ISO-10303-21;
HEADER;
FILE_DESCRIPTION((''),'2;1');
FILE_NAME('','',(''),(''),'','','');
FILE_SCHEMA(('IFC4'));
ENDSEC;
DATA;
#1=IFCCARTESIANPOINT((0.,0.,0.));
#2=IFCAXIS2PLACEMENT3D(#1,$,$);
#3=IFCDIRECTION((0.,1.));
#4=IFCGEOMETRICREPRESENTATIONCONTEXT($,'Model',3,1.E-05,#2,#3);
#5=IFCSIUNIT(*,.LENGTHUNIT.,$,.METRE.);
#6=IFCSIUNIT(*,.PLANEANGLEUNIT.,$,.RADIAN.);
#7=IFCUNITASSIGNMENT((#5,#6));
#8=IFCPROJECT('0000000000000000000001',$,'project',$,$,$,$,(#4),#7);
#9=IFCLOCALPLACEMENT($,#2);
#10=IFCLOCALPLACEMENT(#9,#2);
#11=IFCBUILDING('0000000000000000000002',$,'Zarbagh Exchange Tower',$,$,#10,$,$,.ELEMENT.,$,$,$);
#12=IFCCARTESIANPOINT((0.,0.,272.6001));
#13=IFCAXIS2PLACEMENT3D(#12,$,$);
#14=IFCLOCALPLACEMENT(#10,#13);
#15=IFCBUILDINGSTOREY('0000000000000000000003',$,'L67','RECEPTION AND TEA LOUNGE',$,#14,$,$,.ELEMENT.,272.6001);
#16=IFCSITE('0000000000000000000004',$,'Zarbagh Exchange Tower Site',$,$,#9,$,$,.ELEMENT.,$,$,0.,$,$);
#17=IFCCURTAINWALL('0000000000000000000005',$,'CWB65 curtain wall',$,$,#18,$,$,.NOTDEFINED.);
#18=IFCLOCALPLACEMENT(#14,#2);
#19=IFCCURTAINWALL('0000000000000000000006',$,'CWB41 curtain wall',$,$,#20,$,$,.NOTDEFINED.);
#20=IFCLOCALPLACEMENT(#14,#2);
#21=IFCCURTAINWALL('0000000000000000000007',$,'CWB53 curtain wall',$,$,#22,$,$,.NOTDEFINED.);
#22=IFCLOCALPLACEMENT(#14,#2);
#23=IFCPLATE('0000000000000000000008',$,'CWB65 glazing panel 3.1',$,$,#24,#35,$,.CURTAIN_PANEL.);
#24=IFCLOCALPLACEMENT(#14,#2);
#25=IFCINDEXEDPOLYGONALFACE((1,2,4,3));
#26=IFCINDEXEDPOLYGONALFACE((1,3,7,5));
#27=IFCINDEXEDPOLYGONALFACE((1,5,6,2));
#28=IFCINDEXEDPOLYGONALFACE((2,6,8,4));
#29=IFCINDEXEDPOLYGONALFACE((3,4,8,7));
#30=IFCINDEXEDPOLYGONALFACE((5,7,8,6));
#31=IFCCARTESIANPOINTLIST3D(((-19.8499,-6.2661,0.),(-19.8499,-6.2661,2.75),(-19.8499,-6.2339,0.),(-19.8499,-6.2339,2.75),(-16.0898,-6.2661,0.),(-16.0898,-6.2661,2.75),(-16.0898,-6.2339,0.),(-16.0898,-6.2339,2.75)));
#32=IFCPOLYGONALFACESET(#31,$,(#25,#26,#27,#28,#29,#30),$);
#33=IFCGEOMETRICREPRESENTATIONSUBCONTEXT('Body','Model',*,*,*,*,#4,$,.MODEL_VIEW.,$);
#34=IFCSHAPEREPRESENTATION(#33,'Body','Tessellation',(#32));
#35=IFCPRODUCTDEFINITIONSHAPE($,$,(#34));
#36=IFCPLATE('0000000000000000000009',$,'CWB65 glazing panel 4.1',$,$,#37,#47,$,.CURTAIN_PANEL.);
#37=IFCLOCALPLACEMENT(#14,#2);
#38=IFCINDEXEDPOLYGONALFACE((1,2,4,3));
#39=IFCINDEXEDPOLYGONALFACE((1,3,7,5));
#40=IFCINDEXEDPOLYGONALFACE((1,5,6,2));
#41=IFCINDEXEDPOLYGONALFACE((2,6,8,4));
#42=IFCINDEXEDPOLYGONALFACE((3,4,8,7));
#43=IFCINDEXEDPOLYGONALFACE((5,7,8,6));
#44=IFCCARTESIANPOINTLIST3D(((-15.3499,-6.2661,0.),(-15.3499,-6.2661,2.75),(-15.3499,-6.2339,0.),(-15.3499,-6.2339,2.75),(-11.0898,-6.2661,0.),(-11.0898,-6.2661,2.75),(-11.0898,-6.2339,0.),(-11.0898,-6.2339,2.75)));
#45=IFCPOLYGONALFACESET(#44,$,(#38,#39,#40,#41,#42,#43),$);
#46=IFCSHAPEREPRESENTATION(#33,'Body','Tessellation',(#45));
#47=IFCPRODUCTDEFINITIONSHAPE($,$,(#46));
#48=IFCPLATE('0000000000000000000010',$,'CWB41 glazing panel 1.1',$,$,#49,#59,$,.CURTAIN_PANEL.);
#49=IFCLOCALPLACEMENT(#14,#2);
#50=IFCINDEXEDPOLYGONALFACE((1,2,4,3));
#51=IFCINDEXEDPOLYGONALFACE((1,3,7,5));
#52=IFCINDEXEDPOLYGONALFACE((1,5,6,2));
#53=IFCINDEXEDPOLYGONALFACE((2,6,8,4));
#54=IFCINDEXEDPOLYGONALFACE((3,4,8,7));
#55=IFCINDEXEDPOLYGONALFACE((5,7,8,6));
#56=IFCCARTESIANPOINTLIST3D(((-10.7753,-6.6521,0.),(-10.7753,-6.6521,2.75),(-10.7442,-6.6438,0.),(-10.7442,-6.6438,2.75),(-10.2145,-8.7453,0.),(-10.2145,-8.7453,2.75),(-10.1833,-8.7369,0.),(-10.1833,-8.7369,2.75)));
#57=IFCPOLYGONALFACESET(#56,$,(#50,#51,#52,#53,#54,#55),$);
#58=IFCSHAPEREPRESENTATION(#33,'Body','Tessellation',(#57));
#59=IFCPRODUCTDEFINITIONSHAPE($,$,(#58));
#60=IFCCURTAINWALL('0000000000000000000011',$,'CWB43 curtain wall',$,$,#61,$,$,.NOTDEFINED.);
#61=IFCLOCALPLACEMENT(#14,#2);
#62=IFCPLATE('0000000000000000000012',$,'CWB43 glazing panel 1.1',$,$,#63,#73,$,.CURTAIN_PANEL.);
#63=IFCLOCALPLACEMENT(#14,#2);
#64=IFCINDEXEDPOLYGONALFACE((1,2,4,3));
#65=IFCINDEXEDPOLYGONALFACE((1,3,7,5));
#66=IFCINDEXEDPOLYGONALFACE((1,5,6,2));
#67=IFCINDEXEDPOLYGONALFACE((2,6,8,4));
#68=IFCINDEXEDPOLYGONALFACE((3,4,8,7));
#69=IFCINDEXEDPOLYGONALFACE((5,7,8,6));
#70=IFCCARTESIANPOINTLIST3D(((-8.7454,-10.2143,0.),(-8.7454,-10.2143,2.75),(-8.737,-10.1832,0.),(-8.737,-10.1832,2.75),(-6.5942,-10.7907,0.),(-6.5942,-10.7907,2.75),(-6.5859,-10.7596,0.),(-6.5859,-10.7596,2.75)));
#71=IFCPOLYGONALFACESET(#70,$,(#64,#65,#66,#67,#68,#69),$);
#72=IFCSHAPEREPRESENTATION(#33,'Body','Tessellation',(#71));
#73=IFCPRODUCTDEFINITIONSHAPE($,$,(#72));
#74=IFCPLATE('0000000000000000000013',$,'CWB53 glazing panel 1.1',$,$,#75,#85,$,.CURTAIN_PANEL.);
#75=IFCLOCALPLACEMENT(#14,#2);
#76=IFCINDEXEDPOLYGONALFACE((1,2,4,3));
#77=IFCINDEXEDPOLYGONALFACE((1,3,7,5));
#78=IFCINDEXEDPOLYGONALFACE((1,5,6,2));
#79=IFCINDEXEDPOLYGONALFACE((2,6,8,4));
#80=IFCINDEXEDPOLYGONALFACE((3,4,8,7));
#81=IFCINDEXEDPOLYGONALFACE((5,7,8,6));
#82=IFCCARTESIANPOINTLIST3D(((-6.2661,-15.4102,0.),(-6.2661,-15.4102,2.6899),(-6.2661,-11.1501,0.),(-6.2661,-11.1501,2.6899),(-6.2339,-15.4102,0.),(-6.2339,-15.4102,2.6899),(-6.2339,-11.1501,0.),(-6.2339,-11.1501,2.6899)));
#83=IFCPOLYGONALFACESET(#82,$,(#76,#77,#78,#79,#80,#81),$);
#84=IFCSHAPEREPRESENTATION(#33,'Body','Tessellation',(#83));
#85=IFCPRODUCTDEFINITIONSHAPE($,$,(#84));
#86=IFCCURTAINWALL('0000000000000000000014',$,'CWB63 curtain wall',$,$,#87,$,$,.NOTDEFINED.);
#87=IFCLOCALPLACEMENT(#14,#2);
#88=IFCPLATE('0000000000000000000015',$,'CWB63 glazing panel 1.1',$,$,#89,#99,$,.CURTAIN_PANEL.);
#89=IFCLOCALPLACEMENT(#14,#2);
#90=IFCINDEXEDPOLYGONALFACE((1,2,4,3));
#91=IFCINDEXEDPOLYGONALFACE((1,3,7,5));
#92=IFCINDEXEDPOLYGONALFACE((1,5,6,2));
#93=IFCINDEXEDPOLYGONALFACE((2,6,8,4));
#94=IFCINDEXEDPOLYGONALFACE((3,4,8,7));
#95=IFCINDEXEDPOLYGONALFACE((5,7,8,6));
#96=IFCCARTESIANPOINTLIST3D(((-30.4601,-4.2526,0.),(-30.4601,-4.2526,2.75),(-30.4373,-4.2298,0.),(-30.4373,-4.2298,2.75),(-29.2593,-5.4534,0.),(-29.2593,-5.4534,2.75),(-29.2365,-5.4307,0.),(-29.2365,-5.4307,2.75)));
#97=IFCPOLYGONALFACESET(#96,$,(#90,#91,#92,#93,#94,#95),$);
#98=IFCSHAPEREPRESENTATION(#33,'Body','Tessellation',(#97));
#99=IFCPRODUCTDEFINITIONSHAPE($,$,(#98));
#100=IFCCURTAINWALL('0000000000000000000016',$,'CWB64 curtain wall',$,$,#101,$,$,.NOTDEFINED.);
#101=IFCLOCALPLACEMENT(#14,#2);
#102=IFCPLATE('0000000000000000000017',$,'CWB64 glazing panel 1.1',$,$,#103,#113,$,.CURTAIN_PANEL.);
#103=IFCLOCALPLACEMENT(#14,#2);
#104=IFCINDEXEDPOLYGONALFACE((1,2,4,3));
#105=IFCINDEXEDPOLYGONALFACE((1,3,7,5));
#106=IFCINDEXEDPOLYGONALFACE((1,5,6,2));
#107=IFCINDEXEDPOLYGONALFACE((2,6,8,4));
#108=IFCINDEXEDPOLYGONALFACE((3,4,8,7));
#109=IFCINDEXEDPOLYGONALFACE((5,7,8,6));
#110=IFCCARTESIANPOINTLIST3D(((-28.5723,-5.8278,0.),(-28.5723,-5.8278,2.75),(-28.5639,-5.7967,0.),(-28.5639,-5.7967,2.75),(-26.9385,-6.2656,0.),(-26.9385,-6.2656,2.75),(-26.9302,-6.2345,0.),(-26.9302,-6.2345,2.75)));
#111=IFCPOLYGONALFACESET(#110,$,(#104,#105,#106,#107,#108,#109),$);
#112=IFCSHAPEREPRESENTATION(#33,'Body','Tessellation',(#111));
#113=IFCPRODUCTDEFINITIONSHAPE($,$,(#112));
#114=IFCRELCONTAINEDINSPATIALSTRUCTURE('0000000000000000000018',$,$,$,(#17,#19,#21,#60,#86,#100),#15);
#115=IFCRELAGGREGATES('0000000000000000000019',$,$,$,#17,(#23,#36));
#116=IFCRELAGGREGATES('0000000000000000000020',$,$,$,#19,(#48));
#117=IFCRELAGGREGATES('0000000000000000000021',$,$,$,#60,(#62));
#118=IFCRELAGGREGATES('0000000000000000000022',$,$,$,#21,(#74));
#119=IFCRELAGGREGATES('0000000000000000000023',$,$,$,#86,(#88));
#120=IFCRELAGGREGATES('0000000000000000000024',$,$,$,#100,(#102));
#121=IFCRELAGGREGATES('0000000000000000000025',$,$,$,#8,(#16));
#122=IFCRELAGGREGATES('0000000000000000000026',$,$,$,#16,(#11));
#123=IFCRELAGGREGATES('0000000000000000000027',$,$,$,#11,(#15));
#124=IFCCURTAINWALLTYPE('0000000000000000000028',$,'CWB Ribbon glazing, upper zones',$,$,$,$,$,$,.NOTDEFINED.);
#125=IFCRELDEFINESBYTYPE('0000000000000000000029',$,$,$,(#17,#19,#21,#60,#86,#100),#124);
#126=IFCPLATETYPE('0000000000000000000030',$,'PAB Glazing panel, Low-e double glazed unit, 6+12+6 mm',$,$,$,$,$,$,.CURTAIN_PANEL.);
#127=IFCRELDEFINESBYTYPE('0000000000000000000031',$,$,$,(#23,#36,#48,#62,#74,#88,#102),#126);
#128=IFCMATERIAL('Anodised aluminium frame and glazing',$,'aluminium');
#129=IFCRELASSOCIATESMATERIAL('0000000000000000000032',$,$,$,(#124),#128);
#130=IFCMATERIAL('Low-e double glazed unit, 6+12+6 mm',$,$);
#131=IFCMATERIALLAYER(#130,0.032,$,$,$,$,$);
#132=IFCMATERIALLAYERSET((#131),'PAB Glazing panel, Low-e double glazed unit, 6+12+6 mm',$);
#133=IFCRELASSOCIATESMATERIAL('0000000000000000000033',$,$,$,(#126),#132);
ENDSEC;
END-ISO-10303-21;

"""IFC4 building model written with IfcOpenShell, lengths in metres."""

from ifc_helpers import new_model, si_unit, direction, frame, origin, place, context, subcontext, project, spatial, polyline, outline, extrude, source, transform, mapped, material, layer, layer_set, type_object, element, aggregate, save


model = new_model("IFC4")

# Units and contexts
model_context = context("Model", 3, precision=1e-05, world=origin(), true_north=direction((0.0, 1.0)))
body_context = subcontext(model_context, "Body", "Model", "MODEL_VIEW")
ifc_project = project(units=[si_unit("LENGTHUNIT", "METRE"), si_unit("PLANEANGLEUNIT", "RADIAN")], contexts=[model_context])

# Site, building, storey
site_placement = place(None, origin())
site = spatial("IfcSite", under=ifc_project, at=site_placement, Name="Zarbagh Exchange Tower Site", CompositionType="ELEMENT", RefElevation=0.0)
building_placement = place(site_placement, origin())
building = spatial("IfcBuilding", under=site, at=building_placement, Name="Zarbagh Exchange Tower", CompositionType="ELEMENT")
storey_placement = place(building_placement, frame((0.0, 0.0, 272.6001)))
storey = spatial("IfcBuildingStorey", under=building, at=storey_placement, Name="L67", Description="RECEPTION AND TEA LOUNGE", CompositionType="ELEMENT", Elevation=272.6001)

# Shared definitions
ifc_material_1 = material(Name="Anodised aluminium frame and glazing", Category="aluminium")
curtain_wall_type = type_object("IfcCurtainWallType", Name="CWB Ribbon glazing, upper zones", PredefinedType="NOTDEFINED", material=ifc_material_1)
placement = place(storey_placement, origin())

# Curtain wall
curtain_wall_1_placement = place(storey_placement, origin())
curtain_wall_1 = element("IfcCurtainWall", 1, at=curtain_wall_1_placement, inside=storey, type_object=curtain_wall_type, Name="CWB65 curtain wall", PredefinedType="NOTDEFINED")

# Curtain walls
curtain_wall_2_placement = place(storey_placement, origin())
curtain_wall_2 = element("IfcCurtainWall", 2, at=curtain_wall_2_placement, inside=storey, type_object=curtain_wall_type, Name="CWB41 curtain wall", PredefinedType="NOTDEFINED")
curtain_wall_3_placement = place(storey_placement, origin())
curtain_wall_3 = element("IfcCurtainWall", 3, at=curtain_wall_3_placement, inside=storey, type_object=curtain_wall_type, Name="CWB53 curtain wall", PredefinedType="NOTDEFINED")

# Shared definitions
ifc_material_2 = material(Name="Low-e double glazed unit, 6+12+6 mm")
ifc_layer = layer(ifc_material_2, 0.032)
ifc_layer_set = layer_set([ifc_layer], Name="PAB Glazing panel, Low-e double glazed unit, 6+12+6 mm")
plate_type = type_object("IfcPlateType", Name="PAB Glazing panel, Low-e double glazed unit, 6+12+6 mm", PredefinedType="CURTAIN_PANEL", material=ifc_layer_set)

# Plates
shared_shape_1 = source(origin(), body_context, "Body", "SweptSolid", [
    extrude(outline(polyline([(0.0, -0.0161), (3.76, -0.0161), (3.76, 0.0161), (0.0, 0.0161), (0.0, -0.0161)])), origin(), (0.0, 0.0, 1.0), 2.75),
])
plate_1 = element("IfcPlate", 4, at=placement, type_object=plate_type, Name="CWB65 glazing panel 3.1", PredefinedType="CURTAIN_PANEL", context=body_context, shape_type="MappedRepresentation", body=[
    mapped(shared_shape_1, transform((-19.8499, -6.25, 0.0), x_axis=(1.0, 0.0, 0.0), y_axis=(0.0, 1.0, 0.0), z_axis=(0.0, 0.0, 1.0))),
])
shared_shape_2 = source(origin(), body_context, "Body", "SweptSolid", [
    extrude(outline(polyline([(0.0, -0.0161), (4.26, -0.0161), (4.26, 0.0161), (0.0, 0.0161), (0.0, -0.0161)])), origin(), (0.0, 0.0, 1.0), 2.75),
])
plate_2 = element("IfcPlate", 5, at=placement, type_object=plate_type, Name="CWB65 glazing panel 4.1", PredefinedType="CURTAIN_PANEL", context=body_context, shape_type="MappedRepresentation", body=[
    mapped(shared_shape_2, transform((-15.3499, -6.25, 0.0), x_axis=(1.0, 0.0, 0.0), y_axis=(0.0, 1.0, 0.0), z_axis=(0.0, 0.0, 1.0))),
])
aggregate(curtain_wall_1, [plate_1, plate_2])
shared_shape_3 = source(origin(), body_context, "Body", "SweptSolid", [
    extrude(outline(polyline([(0.0, -0.0161), (2.167, -0.0161), (2.167, 0.0161), (0.0, 0.0161), (0.0, -0.0161)])), origin(), (0.0, 0.0, 1.0), 2.75),
])
plate_3 = element("IfcPlate", 6, at=placement, type_object=plate_type, Name="CWB41 glazing panel 1.1", PredefinedType="CURTAIN_PANEL", context=body_context, shape_type="MappedRepresentation", body=[
    mapped(shared_shape_3, transform((-10.7598, -6.6479, 0.0), x_axis=(0.258825, -0.965924, 0.0), y_axis=(0.965924, 0.258825, 0.0), z_axis=(0.0, 0.0, 1.0))),
])
aggregate(curtain_wall_2, [plate_3])

# Curtain wall, plate
curtain_wall_4_placement = place(storey_placement, origin())
curtain_wall_4 = element("IfcCurtainWall", 7, at=curtain_wall_4_placement, inside=storey, type_object=curtain_wall_type, Name="CWB43 curtain wall", PredefinedType="NOTDEFINED")
shared_shape_4 = source(origin(), body_context, "Body", "SweptSolid", [
    extrude(outline(polyline([(0.0, -0.0161), (2.2271, -0.0161), (2.2271, 0.0161), (0.0, 0.0161), (0.0, -0.0161)])), origin(), (0.0, 0.0, 1.0), 2.75),
])
plate_4 = element("IfcPlate", 8, at=placement, type_object=plate_type, Name="CWB43 glazing panel 1.1", PredefinedType="CURTAIN_PANEL", context=body_context, shape_type="MappedRepresentation", body=[
    mapped(shared_shape_4, transform((-8.7412, -10.1987, 0.0), x_axis=(0.965924, -0.258825, 0.0), y_axis=(0.258825, 0.965924, 0.0), z_axis=(0.0, 0.0, 1.0))),
])
aggregate(curtain_wall_4, [plate_4])

# Plate
shared_shape_5 = source(origin(), body_context, "Body", "SweptSolid", [
    extrude(outline(polyline([(0.0, -0.0161), (4.26, -0.0161), (4.26, 0.0161), (0.0, 0.0161), (0.0, -0.0161)])), origin(), (0.0, 0.0, 1.0), 2.6899),
])
plate_5 = element("IfcPlate", 9, at=placement, type_object=plate_type, Name="CWB53 glazing panel 1.1", PredefinedType="CURTAIN_PANEL", context=body_context, shape_type="MappedRepresentation", body=[
    mapped(shared_shape_5, transform((-6.25, -11.1501, 0.0), x_axis=(0.0, -1.0, 0.0), y_axis=(1.0, 0.0, 0.0), z_axis=(0.0, 0.0, 1.0))),
])
aggregate(curtain_wall_3, [plate_5])

# Curtain walls, plates
curtain_wall_5_placement = place(storey_placement, origin())
curtain_wall_5 = element("IfcCurtainWall", 10, at=curtain_wall_5_placement, inside=storey, type_object=curtain_wall_type, Name="CWB63 curtain wall", PredefinedType="NOTDEFINED")
shared_shape_6 = source(origin(), body_context, "Body", "SweptSolid", [
    extrude(outline(polyline([(0.0, -0.0161), (1.6982, -0.0161), (1.6982, 0.0161), (0.0, 0.0161), (0.0, -0.0161)])), origin(), (0.0, 0.0, 1.0), 2.75),
])
plate_6 = element("IfcPlate", 11, at=placement, type_object=plate_type, Name="CWB63 glazing panel 1.1", PredefinedType="CURTAIN_PANEL", context=body_context, shape_type="MappedRepresentation", body=[
    mapped(shared_shape_6, transform((-30.4487, -4.2412, 0.0), x_axis=(0.707107, -0.707107, 0.0), y_axis=(0.707107, 0.707107, 0.0), z_axis=(0.0, 0.0, 1.0))),
])
aggregate(curtain_wall_5, [plate_6])
curtain_wall_6_placement = place(storey_placement, origin())
curtain_wall_6 = element("IfcCurtainWall", 12, at=curtain_wall_6_placement, inside=storey, type_object=curtain_wall_type, Name="CWB64 curtain wall", PredefinedType="NOTDEFINED")
shared_shape_7 = source(origin(), body_context, "Body", "SweptSolid", [
    extrude(outline(polyline([(0.0, -0.0161), (1.6914, -0.0161), (1.6914, 0.0161), (0.0, 0.0161), (0.0, -0.0161)])), origin(), (0.0, 0.0, 1.0), 2.75),
])
plate_7 = element("IfcPlate", 13, at=placement, type_object=plate_type, Name="CWB64 glazing panel 1.1", PredefinedType="CURTAIN_PANEL", context=body_context, shape_type="MappedRepresentation", body=[
    mapped(shared_shape_7, transform((-28.5681, -5.8123, 0.0), x_axis=(0.965924, -0.258825, 0.0), y_axis=(0.258825, 0.965924, 0.0), z_axis=(0.0, 0.0, 1.0))),
])
aggregate(curtain_wall_6, [plate_7])

save(model, "model.ifc")
